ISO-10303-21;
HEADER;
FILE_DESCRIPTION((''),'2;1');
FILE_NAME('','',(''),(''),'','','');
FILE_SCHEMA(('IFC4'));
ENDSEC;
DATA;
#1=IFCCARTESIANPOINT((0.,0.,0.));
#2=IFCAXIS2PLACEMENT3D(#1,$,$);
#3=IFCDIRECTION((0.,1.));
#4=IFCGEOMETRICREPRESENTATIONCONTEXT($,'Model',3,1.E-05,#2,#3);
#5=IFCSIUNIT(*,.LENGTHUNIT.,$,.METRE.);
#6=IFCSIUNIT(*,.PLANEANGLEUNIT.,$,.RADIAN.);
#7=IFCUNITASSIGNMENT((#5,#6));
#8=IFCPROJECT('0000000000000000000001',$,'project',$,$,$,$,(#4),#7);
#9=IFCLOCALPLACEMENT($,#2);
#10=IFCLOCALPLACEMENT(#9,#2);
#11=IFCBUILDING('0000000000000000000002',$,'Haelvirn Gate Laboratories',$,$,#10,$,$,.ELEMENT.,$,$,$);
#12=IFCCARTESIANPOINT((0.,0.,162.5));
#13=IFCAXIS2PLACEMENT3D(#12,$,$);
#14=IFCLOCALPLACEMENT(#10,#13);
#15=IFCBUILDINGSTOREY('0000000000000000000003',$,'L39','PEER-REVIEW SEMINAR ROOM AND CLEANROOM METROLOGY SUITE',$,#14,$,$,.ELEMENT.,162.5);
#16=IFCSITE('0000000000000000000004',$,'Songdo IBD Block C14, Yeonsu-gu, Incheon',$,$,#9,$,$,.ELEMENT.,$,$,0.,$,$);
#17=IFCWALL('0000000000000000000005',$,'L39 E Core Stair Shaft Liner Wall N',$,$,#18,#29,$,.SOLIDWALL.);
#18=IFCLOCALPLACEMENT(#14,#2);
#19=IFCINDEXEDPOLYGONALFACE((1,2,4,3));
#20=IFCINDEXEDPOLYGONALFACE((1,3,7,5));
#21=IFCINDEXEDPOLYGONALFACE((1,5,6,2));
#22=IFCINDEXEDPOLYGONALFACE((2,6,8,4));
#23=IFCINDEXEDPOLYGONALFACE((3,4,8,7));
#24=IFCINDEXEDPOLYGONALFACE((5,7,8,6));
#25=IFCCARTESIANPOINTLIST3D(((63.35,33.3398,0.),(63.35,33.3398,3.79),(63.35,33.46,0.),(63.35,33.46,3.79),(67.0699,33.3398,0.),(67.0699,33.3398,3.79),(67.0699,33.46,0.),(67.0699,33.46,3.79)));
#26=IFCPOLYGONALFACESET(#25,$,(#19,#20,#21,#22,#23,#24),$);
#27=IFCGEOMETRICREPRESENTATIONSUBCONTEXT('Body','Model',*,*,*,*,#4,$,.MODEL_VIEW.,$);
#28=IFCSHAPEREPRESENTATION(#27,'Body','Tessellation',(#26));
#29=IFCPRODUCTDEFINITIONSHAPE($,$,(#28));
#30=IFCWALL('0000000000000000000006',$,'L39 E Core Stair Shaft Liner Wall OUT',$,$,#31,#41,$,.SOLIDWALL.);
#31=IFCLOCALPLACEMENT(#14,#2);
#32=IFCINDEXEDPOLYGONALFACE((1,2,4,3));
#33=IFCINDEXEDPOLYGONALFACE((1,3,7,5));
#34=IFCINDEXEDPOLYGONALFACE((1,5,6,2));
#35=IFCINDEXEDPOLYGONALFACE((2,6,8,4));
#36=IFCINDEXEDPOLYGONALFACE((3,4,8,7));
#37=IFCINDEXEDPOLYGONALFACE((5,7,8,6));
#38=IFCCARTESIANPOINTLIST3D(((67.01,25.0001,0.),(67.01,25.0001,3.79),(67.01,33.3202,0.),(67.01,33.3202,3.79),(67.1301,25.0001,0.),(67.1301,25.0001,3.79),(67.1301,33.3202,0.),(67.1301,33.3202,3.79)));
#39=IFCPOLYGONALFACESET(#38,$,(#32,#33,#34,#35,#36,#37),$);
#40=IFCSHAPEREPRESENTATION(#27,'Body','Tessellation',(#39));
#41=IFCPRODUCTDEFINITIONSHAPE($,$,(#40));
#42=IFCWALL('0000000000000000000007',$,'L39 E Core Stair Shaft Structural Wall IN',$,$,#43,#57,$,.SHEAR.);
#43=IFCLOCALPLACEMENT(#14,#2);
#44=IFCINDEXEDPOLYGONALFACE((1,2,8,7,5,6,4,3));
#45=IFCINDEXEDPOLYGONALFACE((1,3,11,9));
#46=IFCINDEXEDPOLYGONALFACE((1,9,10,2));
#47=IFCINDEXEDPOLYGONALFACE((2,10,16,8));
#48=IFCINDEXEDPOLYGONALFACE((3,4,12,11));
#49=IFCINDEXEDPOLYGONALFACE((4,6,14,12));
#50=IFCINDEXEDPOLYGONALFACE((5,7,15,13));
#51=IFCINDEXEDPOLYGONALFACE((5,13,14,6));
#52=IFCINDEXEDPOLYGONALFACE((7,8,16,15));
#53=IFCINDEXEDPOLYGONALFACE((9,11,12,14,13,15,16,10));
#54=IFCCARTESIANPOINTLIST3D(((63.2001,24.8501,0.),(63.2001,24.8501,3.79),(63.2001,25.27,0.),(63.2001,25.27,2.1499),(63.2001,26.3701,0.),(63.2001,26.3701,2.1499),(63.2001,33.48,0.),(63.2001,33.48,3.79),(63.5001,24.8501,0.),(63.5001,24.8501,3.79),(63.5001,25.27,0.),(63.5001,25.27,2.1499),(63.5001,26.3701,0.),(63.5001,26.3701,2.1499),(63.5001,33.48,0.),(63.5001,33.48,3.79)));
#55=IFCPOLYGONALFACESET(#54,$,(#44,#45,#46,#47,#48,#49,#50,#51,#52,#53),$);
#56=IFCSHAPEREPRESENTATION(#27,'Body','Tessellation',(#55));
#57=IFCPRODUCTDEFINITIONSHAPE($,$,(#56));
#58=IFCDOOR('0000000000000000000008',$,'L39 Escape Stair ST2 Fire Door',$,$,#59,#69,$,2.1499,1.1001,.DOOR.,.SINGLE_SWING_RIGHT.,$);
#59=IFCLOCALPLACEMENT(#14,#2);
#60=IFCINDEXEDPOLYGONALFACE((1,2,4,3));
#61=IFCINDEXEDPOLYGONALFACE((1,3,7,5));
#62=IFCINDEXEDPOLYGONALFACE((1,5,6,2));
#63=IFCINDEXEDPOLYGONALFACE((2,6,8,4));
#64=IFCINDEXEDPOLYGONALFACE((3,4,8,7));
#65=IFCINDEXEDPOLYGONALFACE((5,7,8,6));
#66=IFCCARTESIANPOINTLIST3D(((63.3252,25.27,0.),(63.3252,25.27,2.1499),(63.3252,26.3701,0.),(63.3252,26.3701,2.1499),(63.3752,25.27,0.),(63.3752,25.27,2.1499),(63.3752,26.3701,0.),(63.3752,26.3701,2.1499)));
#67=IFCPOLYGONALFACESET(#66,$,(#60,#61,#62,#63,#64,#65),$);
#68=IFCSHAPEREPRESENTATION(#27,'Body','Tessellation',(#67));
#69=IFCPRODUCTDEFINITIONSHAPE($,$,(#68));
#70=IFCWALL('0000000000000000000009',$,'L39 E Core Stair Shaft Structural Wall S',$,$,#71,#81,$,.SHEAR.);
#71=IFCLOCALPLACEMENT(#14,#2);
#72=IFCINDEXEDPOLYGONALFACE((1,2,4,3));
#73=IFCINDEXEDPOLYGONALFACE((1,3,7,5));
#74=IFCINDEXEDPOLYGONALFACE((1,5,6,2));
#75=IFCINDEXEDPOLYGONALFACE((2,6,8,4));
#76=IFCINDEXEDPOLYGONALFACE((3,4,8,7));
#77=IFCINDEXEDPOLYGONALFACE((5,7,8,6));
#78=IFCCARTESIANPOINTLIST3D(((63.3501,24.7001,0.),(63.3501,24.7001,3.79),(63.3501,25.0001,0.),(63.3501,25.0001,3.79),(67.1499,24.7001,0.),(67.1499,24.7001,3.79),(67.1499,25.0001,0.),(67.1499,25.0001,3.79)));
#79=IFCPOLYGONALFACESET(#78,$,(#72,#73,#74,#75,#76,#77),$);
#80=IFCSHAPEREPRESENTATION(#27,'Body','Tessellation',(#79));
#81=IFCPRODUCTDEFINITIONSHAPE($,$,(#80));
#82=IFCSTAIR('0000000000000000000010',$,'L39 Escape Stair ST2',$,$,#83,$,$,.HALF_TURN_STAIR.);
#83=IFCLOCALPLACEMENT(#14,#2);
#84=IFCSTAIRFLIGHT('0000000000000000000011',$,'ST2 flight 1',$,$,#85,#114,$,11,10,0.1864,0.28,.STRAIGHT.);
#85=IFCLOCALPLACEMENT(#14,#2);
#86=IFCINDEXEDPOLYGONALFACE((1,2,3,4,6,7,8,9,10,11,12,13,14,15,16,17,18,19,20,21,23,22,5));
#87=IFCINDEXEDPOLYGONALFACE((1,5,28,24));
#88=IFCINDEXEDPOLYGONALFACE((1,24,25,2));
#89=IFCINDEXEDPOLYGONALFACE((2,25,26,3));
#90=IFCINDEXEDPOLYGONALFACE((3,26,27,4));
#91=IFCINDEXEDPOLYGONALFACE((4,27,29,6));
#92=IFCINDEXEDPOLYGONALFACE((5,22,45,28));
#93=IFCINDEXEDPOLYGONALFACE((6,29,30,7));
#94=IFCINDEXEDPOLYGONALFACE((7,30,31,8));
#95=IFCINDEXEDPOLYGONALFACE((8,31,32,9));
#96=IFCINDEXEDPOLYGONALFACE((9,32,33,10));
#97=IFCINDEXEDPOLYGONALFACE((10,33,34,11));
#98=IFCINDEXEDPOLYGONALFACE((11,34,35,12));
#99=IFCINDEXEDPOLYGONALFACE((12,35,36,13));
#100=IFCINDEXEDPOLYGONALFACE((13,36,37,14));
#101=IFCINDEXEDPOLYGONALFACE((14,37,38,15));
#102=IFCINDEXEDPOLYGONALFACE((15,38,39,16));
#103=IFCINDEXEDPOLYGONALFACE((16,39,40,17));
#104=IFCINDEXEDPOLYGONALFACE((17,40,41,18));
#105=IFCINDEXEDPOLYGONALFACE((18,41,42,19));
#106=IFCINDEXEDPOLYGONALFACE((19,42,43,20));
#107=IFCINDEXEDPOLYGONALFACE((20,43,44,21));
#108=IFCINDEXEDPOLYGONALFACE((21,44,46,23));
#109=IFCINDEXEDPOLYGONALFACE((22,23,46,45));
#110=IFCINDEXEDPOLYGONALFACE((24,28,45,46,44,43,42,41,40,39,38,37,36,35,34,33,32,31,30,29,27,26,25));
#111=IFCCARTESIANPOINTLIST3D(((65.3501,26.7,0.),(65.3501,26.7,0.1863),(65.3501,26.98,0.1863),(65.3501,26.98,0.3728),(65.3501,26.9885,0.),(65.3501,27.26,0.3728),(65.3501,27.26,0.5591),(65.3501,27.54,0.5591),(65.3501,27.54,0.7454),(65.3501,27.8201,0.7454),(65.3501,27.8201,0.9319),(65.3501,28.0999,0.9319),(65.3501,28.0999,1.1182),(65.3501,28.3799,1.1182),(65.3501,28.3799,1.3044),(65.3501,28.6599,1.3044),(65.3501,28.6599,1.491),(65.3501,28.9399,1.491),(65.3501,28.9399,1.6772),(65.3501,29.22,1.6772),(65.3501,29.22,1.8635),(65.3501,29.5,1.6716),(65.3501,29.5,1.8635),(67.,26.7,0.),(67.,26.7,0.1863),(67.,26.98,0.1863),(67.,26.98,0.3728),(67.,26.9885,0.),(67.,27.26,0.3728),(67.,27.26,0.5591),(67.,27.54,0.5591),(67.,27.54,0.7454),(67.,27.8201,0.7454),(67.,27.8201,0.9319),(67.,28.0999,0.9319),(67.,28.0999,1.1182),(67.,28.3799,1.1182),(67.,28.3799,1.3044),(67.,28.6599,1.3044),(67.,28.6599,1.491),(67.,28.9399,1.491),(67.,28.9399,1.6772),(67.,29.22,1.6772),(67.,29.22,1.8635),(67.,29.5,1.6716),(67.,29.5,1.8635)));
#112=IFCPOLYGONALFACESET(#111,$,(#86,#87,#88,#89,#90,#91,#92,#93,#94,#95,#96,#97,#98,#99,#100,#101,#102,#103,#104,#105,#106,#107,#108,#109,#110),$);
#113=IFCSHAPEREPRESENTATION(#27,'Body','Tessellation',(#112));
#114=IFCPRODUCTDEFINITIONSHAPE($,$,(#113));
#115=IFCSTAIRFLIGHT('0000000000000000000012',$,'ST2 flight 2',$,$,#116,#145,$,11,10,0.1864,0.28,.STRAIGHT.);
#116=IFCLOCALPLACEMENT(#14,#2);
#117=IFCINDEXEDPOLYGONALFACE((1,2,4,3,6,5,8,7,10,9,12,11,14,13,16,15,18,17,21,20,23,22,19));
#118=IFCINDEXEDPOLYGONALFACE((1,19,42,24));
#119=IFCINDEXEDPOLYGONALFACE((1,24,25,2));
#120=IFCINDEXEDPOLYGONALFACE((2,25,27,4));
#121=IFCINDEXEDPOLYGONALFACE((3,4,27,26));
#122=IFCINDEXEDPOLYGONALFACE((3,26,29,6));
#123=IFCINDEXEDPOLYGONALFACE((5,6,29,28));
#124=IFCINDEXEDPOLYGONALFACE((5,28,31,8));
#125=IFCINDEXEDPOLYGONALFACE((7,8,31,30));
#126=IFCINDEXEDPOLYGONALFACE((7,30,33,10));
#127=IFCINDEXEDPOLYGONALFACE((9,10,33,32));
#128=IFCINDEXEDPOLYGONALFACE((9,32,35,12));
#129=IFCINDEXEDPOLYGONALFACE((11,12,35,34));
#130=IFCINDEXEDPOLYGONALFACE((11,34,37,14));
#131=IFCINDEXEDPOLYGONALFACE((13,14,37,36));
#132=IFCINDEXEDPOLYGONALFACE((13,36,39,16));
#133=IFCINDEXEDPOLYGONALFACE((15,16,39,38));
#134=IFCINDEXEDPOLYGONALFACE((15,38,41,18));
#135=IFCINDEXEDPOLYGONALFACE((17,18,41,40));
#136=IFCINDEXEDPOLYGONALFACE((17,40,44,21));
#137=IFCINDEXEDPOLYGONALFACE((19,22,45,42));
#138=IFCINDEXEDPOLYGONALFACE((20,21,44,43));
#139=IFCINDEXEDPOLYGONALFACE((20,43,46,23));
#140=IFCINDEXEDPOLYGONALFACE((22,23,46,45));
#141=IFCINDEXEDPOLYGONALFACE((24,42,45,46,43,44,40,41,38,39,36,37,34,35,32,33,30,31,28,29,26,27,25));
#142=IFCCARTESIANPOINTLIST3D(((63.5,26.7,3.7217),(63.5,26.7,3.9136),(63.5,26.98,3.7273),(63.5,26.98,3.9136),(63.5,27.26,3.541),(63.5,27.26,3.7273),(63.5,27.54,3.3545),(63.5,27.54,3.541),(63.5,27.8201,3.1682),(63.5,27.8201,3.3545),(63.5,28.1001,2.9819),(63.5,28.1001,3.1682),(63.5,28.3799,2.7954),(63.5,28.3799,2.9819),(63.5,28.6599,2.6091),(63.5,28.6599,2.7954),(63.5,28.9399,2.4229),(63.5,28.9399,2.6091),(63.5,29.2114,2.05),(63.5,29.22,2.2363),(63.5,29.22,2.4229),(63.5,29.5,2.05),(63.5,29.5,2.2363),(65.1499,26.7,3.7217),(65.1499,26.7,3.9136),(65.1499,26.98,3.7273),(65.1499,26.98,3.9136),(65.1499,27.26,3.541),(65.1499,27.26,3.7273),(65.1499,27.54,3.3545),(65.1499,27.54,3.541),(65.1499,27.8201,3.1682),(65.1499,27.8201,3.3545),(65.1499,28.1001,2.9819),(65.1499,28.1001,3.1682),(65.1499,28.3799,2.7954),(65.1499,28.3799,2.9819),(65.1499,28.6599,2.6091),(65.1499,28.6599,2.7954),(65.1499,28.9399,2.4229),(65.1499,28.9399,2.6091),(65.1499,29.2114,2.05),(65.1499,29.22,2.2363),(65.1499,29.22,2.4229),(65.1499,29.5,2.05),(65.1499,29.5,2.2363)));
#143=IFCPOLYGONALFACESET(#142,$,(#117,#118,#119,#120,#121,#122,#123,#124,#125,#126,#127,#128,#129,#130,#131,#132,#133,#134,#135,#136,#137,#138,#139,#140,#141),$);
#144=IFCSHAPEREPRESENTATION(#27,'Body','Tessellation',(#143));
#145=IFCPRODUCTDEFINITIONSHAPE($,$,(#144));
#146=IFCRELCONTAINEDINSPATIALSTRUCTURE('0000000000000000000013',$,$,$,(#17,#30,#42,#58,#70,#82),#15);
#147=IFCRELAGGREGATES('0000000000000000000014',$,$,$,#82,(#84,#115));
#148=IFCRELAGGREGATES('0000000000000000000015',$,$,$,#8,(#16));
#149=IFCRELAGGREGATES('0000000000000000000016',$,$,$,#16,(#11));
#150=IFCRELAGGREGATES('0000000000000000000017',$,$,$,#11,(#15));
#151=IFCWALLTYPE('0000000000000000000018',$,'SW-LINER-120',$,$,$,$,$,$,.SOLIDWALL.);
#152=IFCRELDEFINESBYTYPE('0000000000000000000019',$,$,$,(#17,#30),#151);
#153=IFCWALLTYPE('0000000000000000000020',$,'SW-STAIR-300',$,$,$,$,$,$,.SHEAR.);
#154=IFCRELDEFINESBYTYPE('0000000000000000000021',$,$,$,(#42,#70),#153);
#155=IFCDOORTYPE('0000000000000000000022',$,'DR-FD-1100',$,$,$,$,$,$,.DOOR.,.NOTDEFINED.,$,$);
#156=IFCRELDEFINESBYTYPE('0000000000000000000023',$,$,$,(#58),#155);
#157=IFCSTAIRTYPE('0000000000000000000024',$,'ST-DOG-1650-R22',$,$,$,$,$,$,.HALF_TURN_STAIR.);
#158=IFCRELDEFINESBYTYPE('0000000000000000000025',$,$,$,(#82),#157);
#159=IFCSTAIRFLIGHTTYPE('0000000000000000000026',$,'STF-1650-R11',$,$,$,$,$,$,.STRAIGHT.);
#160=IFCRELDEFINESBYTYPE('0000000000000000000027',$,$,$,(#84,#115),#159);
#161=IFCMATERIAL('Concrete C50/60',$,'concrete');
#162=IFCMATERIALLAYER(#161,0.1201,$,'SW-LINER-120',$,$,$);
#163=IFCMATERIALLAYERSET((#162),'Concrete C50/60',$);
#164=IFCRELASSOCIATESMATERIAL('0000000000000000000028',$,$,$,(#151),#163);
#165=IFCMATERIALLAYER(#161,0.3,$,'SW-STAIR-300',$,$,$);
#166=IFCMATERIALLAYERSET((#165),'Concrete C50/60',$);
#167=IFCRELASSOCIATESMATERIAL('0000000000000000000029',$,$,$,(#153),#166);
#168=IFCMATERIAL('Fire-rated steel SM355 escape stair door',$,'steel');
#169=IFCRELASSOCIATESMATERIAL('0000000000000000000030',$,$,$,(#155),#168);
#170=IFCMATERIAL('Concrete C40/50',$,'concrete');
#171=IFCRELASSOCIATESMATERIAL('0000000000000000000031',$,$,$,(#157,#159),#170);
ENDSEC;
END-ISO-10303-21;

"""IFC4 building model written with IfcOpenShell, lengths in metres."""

from ifc_helpers import new_model, si_unit, direction, frame, frame_2d, origin, place, context, subcontext, project, spatial, polyline, rectangle, outline, extrude, source, transform, mapped, material, layer, layer_set, type_object, type_shapes, element, fill, aggregate, save


model = new_model("IFC4")

# Units and contexts
model_context = context("Model", 3, precision=1e-05, world=origin(), true_north=direction((0.0, 1.0)))
body_context = subcontext(model_context, "Body", "Model", "MODEL_VIEW")
ifc_project = project(units=[si_unit("LENGTHUNIT", "METRE"), si_unit("PLANEANGLEUNIT", "RADIAN")], contexts=[model_context])

# Site, building, storey
site_placement = place(None, origin())
site = spatial("IfcSite", under=ifc_project, at=site_placement, Name="Songdo IBD Block C14, Yeonsu-gu, Incheon", CompositionType="ELEMENT", RefElevation=0.0)
building_placement = place(site_placement, origin())
building = spatial("IfcBuilding", under=site, at=building_placement, Name="Haelvirn Gate Laboratories", CompositionType="ELEMENT")
storey_placement = place(building_placement, frame((0.0, 0.0, 162.5)))
storey = spatial("IfcBuildingStorey", under=building, at=storey_placement, Name="L39", Description="PEER-REVIEW SEMINAR ROOM AND CLEANROOM METROLOGY SUITE", CompositionType="ELEMENT", Elevation=162.5)

# Walls
ifc_material_1 = material(Name="Concrete C50/60", Category="concrete")
ifc_layer_1 = layer(ifc_material_1, 0.1201, Name="SW-LINER-120")
ifc_layer_set_1 = layer_set([ifc_layer_1], Name="Concrete C50/60")
wall_type_1 = type_object("IfcWallType", Name="SW-LINER-120", PredefinedType="SOLIDWALL", material=ifc_layer_set_1)
wall_1_placement = place(storey_placement, frame((63.3501, 33.3999, 0.0), z_axis=(0.0, 0.0, 1.0), x_axis=(1.0, 0.0, 0.0)))
element("IfcWall", 1, at=wall_1_placement, inside=storey, type_object=wall_type_1, Name="L39 E Core Stair Shaft Liner Wall N", PredefinedType="SOLIDWALL", context=body_context, shape_type="SweptSolid", body=[
    extrude(rectangle(XDim=3.72, YDim=0.1201, at=frame_2d((1.8599, 0.0))), origin(), (0.0, 0.0, 1.0), 3.79),
])
wall_2_placement = place(storey_placement, frame((67.0701, 25.0, 0.0), z_axis=(0.0, 0.0, 1.0), x_axis=(0.0, 1.0, 0.0)))
element("IfcWall", 2, at=wall_2_placement, inside=storey, type_object=wall_type_1, Name="L39 E Core Stair Shaft Liner Wall OUT", PredefinedType="SOLIDWALL", context=body_context, shape_type="SweptSolid", body=[
    extrude(rectangle(XDim=8.3201, YDim=0.1201, at=frame_2d((4.1602, 0.0))), origin(), (0.0, 0.0, 1.0), 3.79),
])

# Wall, opening, door
ifc_layer_2 = layer(ifc_material_1, 0.3, Name="SW-STAIR-300")
ifc_layer_set_2 = layer_set([ifc_layer_2], Name="Concrete C50/60")
wall_type_2 = type_object("IfcWallType", Name="SW-STAIR-300", PredefinedType="SHEAR", material=ifc_layer_set_2)
wall_3_placement = place(storey_placement, frame((63.3501, 24.8501, 0.0), z_axis=(0.0, 0.0, 1.0), x_axis=(0.0, 1.0, 0.0)))
wall_3 = element("IfcWall", 3, at=wall_3_placement, inside=storey, type_object=wall_type_2, Name="L39 E Core Stair Shaft Structural Wall IN", PredefinedType="SHEAR", context=body_context, shape_type="SweptSolid", body=[
    extrude(rectangle(XDim=8.6299, YDim=0.3, at=frame_2d((4.3149, 0.0))), origin(), (0.0, 0.0, 1.0), 3.79),
])
opening_1_placement = place(wall_3_placement, frame((0.4199, 0.0, 0.0)))
opening_1 = element("IfcOpeningElement", 4, at=opening_1_placement, cuts=wall_3, PredefinedType="OPENING", context=body_context, shape_type="SweptSolid", body=[
    extrude(rectangle(XDim=1.1001, YDim=2.1499, at=frame_2d((0.55, 1.075))), frame((0.0, 0.1602, 0.0), z_axis=(0.0, -1.0, 0.0), x_axis=(1.0, 0.0, 0.0)), (0.0, 0.0, 1.0), 0.3201),
])
ifc_material_2 = material(Name="Fire-rated steel SM355 escape stair door", Category="steel")
door_type_1 = type_object("IfcDoorType", Name="DR-FD-1100", OperationType="NOTDEFINED", PredefinedType="DOOR", material=ifc_material_2)
shared_shape_1 = source(origin(), body_context, "Body", "SweptSolid", [
    extrude(rectangle(XDim=1.1001, YDim=2.1499, at=frame_2d((0.55, 1.075))), frame((0.0, 0.0249, 0.0), z_axis=(0.0, -1.0, 0.0), x_axis=(1.0, 0.0, 0.0)), (0.0, 0.0, 1.0), 0.05),
])
type_shapes(door_type_1, [shared_shape_1])
door_1_placement = place(opening_1_placement, origin())
door_1 = element("IfcDoor", 5, at=door_1_placement, inside=storey, type_object=door_type_1, Name="L39 Escape Stair ST2 Fire Door", OperationType="SINGLE_SWING_RIGHT", OverallHeight=2.1499, OverallWidth=1.1001, PredefinedType="DOOR", context=body_context, shape_type="MappedRepresentation", body=[
    mapped(shared_shape_1, transform((0.0, 0.0, 0.0), scale=1.0)),
])
fill(opening_1, door_1)

# Wall
wall_4_placement = place(storey_placement, frame((63.3501, 24.8501, 0.0), z_axis=(0.0, 0.0, 1.0), x_axis=(1.0, 0.0, 0.0)))
element("IfcWall", 6, at=wall_4_placement, inside=storey, type_object=wall_type_2, Name="L39 E Core Stair Shaft Structural Wall S", PredefinedType="SHEAR", context=body_context, shape_type="SweptSolid", body=[
    extrude(rectangle(XDim=3.7998, YDim=0.3, at=frame_2d((1.8999, 0.0))), origin(), (0.0, 0.0, 1.0), 3.79),
])

# Stair, stair flights
ifc_material_3 = material(Name="Concrete C40/50", Category="concrete")
stair_type = type_object("IfcStairType", Name="ST-DOG-1650-R22", PredefinedType="HALF_TURN_STAIR", material=ifc_material_3)
stair_placement = place(storey_placement, origin())
stair = element("IfcStair", 7, at=stair_placement, inside=storey, type_object=stair_type, Name="L39 Escape Stair ST2", PredefinedType="HALF_TURN_STAIR")
stair_flight_type = type_object("IfcStairFlightType", Name="STF-1650-R11", PredefinedType="STRAIGHT", material=ifc_material_3)
shared_shape_2 = source(origin(), body_context, "Body", "SweptSolid", [
    extrude(outline(polyline([(0.0, 0.0), (0.0, 0.1863), (0.28, 0.1863), (0.28, 0.3728), (0.5601, 0.3728), (0.5601, 0.5591), (0.8401, 0.5591), (0.8401, 0.7454), (1.1201, 0.7454), (1.1201, 0.9319), (1.3999, 0.9319), (1.3999, 1.1182), (1.6799, 1.1182), (1.6799, 1.3044), (1.96, 1.3044), (1.96, 1.491), (2.24, 1.491), (2.24, 1.6772), (2.52, 1.6772), (2.52, 1.8635), (2.8, 1.8635), (2.8, 2.05), (2.8, 1.6716), (0.2886, 0.0), (0.0, 0.0)])), frame((0.0, 0.825, 0.0), z_axis=(0.0, -1.0, 0.0), x_axis=(1.0, 0.0, 0.0)), (0.0, 0.0, 1.0), 1.6499),
])
type_shapes(stair_flight_type, [shared_shape_2])
stair_flight_1_placement = place(storey_placement, frame((66.175, 26.7, 0.0), z_axis=(0.0, 0.0, 1.0), x_axis=(0.0, 1.0, 0.0)))
stair_flight_1 = element("IfcStairFlight", 8, at=stair_flight_1_placement, type_object=stair_flight_type, Name="ST2 flight 1", NumberOfRisers=11, NumberOfTreads=10, PredefinedType="STRAIGHT", RiserHeight=0.1864, TreadLength=0.28, context=body_context, shape_type="MappedRepresentation", body=[
    mapped(shared_shape_2, transform((0.0, 0.0, 0.0), scale=1.0)),
])
stair_flight_2_placement = place(storey_placement, frame((64.325, 29.5, 2.05), z_axis=(0.0, 0.0, 1.0), x_axis=(0.0, -1.0, 0.0)))
stair_flight_2 = element("IfcStairFlight", 9, at=stair_flight_2_placement, type_object=stair_flight_type, Name="ST2 flight 2", NumberOfRisers=11, NumberOfTreads=10, PredefinedType="STRAIGHT", RiserHeight=0.1864, TreadLength=0.28, context=body_context, shape_type="MappedRepresentation", body=[
    mapped(shared_shape_2, transform((0.0, 0.0, 0.0), scale=1.0)),
])
aggregate(stair, [stair_flight_1, stair_flight_2])

save(model, "model.ifc")
